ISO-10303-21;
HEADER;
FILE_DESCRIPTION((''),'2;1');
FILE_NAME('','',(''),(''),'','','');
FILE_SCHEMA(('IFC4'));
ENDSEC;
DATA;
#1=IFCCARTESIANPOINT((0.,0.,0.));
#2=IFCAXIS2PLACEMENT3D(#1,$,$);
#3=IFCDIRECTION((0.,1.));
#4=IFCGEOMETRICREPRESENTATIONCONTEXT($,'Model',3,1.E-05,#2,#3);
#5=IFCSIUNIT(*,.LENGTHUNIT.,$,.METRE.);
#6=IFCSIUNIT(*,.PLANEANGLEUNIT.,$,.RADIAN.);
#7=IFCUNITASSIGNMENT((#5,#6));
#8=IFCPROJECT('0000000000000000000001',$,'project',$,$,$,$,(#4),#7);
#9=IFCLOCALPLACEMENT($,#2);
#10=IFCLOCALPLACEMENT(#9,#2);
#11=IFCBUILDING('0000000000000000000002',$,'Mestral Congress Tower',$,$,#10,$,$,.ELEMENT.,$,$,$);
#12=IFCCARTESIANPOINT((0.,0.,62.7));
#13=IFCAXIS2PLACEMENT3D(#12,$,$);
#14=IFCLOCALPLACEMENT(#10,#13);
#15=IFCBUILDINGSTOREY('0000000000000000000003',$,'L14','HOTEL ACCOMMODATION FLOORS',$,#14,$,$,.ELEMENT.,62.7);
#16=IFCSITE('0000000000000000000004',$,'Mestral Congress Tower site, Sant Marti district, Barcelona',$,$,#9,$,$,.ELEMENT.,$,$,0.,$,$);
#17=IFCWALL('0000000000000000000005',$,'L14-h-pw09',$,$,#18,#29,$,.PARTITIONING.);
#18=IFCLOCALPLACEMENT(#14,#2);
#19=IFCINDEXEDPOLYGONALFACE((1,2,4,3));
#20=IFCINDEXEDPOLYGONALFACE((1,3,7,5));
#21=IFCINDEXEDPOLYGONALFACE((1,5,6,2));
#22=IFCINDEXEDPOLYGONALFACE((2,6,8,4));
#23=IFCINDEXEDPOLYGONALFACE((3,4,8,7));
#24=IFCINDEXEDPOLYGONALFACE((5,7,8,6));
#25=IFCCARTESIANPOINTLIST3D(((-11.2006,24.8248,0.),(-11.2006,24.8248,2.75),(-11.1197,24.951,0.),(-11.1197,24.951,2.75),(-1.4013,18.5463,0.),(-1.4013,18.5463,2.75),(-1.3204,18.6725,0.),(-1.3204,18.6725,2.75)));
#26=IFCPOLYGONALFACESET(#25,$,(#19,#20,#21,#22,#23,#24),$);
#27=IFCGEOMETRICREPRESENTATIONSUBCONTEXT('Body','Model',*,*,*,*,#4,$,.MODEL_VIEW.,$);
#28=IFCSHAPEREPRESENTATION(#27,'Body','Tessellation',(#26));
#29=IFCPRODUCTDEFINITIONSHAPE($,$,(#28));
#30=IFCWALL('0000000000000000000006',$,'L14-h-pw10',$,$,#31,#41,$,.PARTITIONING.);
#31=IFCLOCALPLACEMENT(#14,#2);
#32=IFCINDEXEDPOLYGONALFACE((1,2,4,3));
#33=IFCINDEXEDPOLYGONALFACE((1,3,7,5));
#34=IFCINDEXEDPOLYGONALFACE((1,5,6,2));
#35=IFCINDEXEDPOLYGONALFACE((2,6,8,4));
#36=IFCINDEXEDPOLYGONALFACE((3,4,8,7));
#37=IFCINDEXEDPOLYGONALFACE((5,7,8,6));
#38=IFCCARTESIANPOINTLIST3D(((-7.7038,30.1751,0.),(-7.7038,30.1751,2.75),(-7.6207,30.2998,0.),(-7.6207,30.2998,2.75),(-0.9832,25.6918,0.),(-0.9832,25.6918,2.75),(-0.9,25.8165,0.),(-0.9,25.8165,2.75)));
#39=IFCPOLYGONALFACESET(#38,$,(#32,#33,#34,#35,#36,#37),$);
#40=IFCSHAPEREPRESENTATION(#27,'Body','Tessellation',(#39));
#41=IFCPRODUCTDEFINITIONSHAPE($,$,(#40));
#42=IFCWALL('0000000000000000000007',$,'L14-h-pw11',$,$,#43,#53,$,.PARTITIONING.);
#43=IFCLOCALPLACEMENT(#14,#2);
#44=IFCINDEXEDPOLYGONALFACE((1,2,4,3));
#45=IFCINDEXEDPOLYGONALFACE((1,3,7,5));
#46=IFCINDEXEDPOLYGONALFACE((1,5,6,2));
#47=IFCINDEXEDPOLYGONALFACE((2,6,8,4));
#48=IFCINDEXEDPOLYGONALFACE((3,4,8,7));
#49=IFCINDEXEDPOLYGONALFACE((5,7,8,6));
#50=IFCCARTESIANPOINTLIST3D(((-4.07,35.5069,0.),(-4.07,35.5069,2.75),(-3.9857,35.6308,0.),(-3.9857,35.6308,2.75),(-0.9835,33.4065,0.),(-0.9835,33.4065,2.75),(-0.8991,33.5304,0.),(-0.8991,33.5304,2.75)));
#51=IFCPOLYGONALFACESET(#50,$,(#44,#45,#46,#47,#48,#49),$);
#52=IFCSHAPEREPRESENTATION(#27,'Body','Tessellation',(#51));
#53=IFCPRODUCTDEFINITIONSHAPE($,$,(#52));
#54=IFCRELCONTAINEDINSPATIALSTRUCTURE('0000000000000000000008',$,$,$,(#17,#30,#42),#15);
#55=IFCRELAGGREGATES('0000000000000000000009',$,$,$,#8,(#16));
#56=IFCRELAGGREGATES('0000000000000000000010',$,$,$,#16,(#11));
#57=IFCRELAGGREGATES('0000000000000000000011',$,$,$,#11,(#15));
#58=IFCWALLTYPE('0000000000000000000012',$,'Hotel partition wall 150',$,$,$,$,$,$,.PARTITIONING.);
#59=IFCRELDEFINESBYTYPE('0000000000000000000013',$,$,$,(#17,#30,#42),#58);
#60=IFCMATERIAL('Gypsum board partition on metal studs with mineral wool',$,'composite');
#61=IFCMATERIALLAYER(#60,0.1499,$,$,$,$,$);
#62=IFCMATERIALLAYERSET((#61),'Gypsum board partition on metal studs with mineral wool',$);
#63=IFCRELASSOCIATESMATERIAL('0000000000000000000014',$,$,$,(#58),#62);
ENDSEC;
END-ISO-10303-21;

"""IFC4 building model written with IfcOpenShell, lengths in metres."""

from ifc_helpers import new_model, si_unit, direction, frame, frame_2d, origin, place, context, subcontext, project, spatial, rectangle, extrude, material, layer, layer_set, type_object, element, save


model = new_model("IFC4")

# Units and contexts
model_context = context("Model", 3, precision=1e-05, world=origin(), true_north=direction((0.0, 1.0)))
body_context = subcontext(model_context, "Body", "Model", "MODEL_VIEW")
ifc_project = project(units=[si_unit("LENGTHUNIT", "METRE"), si_unit("PLANEANGLEUNIT", "RADIAN")], contexts=[model_context])

# Site, building, storey
site_placement = place(None, origin())
site = spatial("IfcSite", under=ifc_project, at=site_placement, Name="Mestral Congress Tower site, Sant Marti district, Barcelona", CompositionType="ELEMENT", RefElevation=0.0)
building_placement = place(site_placement, origin())
building = spatial("IfcBuilding", under=site, at=building_placement, Name="Mestral Congress Tower", CompositionType="ELEMENT")
storey_placement = place(building_placement, frame((0.0, 0.0, 62.7)))
storey = spatial("IfcBuildingStorey", under=building, at=storey_placement, Name="L14", Description="HOTEL ACCOMMODATION FLOORS", CompositionType="ELEMENT", Elevation=62.7)

# Shared definitions
ifc_material_1 = material(Name="Gypsum board partition on metal studs with mineral wool", Category="composite")

# Walls
ifc_layer_1 = layer(ifc_material_1, 0.1499)
ifc_layer_set_1 = layer_set([ifc_layer_1], Name="Gypsum board partition on metal studs with mineral wool")
wall_type_1 = type_object("IfcWallType", Name="Hotel partition wall 150", PredefinedType="PARTITIONING", material=ifc_layer_set_1)
wall_1_placement = place(storey_placement, frame((-11.1602, 24.8879, 0.0), z_axis=(0.0, 0.0, 1.0), x_axis=(0.841998, -0.53948, 0.0)))
element("IfcWall", 1, at=wall_1_placement, inside=storey, type_object=wall_type_1, Name="L14-h-pw09", PredefinedType="PARTITIONING", context=body_context, shape_type="SweptSolid", body=[
    extrude(rectangle(XDim=11.6382, YDim=0.1499, at=frame_2d((5.8191, 0.0))), origin(), (0.0, 0.0, 1.0), 2.75),
])
wall_2_placement = place(storey_placement, frame((-7.6624, 30.2375, 0.0), z_axis=(0.0, 0.0, 1.0), x_axis=(0.831883, -0.554951, 0.0)))
element("IfcWall", 2, at=wall_2_placement, inside=storey, type_object=wall_type_1, Name="L14-h-pw10", PredefinedType="PARTITIONING", context=body_context, shape_type="SweptSolid", body=[
    extrude(rectangle(XDim=8.0789, YDim=0.1499, at=frame_2d((4.0396, 0.0))), origin(), (0.0, 0.0, 1.0), 2.75),
])
wall_3_placement = place(storey_placement, frame((-4.0278, 35.5688, 0.0), z_axis=(0.0, 0.0, 1.0), x_axis=(0.826731, -0.562598, 0.0)))
element("IfcWall", 3, at=wall_3_placement, inside=storey, type_object=wall_type_1, Name="L14-h-pw11", PredefinedType="PARTITIONING", context=body_context, shape_type="SweptSolid", body=[
    extrude(rectangle(XDim=3.7334, YDim=0.1499, at=frame_2d((1.8667, 0.0))), origin(), (0.0, 0.0, 1.0), 2.75),
])

save(model, "model.ifc")
